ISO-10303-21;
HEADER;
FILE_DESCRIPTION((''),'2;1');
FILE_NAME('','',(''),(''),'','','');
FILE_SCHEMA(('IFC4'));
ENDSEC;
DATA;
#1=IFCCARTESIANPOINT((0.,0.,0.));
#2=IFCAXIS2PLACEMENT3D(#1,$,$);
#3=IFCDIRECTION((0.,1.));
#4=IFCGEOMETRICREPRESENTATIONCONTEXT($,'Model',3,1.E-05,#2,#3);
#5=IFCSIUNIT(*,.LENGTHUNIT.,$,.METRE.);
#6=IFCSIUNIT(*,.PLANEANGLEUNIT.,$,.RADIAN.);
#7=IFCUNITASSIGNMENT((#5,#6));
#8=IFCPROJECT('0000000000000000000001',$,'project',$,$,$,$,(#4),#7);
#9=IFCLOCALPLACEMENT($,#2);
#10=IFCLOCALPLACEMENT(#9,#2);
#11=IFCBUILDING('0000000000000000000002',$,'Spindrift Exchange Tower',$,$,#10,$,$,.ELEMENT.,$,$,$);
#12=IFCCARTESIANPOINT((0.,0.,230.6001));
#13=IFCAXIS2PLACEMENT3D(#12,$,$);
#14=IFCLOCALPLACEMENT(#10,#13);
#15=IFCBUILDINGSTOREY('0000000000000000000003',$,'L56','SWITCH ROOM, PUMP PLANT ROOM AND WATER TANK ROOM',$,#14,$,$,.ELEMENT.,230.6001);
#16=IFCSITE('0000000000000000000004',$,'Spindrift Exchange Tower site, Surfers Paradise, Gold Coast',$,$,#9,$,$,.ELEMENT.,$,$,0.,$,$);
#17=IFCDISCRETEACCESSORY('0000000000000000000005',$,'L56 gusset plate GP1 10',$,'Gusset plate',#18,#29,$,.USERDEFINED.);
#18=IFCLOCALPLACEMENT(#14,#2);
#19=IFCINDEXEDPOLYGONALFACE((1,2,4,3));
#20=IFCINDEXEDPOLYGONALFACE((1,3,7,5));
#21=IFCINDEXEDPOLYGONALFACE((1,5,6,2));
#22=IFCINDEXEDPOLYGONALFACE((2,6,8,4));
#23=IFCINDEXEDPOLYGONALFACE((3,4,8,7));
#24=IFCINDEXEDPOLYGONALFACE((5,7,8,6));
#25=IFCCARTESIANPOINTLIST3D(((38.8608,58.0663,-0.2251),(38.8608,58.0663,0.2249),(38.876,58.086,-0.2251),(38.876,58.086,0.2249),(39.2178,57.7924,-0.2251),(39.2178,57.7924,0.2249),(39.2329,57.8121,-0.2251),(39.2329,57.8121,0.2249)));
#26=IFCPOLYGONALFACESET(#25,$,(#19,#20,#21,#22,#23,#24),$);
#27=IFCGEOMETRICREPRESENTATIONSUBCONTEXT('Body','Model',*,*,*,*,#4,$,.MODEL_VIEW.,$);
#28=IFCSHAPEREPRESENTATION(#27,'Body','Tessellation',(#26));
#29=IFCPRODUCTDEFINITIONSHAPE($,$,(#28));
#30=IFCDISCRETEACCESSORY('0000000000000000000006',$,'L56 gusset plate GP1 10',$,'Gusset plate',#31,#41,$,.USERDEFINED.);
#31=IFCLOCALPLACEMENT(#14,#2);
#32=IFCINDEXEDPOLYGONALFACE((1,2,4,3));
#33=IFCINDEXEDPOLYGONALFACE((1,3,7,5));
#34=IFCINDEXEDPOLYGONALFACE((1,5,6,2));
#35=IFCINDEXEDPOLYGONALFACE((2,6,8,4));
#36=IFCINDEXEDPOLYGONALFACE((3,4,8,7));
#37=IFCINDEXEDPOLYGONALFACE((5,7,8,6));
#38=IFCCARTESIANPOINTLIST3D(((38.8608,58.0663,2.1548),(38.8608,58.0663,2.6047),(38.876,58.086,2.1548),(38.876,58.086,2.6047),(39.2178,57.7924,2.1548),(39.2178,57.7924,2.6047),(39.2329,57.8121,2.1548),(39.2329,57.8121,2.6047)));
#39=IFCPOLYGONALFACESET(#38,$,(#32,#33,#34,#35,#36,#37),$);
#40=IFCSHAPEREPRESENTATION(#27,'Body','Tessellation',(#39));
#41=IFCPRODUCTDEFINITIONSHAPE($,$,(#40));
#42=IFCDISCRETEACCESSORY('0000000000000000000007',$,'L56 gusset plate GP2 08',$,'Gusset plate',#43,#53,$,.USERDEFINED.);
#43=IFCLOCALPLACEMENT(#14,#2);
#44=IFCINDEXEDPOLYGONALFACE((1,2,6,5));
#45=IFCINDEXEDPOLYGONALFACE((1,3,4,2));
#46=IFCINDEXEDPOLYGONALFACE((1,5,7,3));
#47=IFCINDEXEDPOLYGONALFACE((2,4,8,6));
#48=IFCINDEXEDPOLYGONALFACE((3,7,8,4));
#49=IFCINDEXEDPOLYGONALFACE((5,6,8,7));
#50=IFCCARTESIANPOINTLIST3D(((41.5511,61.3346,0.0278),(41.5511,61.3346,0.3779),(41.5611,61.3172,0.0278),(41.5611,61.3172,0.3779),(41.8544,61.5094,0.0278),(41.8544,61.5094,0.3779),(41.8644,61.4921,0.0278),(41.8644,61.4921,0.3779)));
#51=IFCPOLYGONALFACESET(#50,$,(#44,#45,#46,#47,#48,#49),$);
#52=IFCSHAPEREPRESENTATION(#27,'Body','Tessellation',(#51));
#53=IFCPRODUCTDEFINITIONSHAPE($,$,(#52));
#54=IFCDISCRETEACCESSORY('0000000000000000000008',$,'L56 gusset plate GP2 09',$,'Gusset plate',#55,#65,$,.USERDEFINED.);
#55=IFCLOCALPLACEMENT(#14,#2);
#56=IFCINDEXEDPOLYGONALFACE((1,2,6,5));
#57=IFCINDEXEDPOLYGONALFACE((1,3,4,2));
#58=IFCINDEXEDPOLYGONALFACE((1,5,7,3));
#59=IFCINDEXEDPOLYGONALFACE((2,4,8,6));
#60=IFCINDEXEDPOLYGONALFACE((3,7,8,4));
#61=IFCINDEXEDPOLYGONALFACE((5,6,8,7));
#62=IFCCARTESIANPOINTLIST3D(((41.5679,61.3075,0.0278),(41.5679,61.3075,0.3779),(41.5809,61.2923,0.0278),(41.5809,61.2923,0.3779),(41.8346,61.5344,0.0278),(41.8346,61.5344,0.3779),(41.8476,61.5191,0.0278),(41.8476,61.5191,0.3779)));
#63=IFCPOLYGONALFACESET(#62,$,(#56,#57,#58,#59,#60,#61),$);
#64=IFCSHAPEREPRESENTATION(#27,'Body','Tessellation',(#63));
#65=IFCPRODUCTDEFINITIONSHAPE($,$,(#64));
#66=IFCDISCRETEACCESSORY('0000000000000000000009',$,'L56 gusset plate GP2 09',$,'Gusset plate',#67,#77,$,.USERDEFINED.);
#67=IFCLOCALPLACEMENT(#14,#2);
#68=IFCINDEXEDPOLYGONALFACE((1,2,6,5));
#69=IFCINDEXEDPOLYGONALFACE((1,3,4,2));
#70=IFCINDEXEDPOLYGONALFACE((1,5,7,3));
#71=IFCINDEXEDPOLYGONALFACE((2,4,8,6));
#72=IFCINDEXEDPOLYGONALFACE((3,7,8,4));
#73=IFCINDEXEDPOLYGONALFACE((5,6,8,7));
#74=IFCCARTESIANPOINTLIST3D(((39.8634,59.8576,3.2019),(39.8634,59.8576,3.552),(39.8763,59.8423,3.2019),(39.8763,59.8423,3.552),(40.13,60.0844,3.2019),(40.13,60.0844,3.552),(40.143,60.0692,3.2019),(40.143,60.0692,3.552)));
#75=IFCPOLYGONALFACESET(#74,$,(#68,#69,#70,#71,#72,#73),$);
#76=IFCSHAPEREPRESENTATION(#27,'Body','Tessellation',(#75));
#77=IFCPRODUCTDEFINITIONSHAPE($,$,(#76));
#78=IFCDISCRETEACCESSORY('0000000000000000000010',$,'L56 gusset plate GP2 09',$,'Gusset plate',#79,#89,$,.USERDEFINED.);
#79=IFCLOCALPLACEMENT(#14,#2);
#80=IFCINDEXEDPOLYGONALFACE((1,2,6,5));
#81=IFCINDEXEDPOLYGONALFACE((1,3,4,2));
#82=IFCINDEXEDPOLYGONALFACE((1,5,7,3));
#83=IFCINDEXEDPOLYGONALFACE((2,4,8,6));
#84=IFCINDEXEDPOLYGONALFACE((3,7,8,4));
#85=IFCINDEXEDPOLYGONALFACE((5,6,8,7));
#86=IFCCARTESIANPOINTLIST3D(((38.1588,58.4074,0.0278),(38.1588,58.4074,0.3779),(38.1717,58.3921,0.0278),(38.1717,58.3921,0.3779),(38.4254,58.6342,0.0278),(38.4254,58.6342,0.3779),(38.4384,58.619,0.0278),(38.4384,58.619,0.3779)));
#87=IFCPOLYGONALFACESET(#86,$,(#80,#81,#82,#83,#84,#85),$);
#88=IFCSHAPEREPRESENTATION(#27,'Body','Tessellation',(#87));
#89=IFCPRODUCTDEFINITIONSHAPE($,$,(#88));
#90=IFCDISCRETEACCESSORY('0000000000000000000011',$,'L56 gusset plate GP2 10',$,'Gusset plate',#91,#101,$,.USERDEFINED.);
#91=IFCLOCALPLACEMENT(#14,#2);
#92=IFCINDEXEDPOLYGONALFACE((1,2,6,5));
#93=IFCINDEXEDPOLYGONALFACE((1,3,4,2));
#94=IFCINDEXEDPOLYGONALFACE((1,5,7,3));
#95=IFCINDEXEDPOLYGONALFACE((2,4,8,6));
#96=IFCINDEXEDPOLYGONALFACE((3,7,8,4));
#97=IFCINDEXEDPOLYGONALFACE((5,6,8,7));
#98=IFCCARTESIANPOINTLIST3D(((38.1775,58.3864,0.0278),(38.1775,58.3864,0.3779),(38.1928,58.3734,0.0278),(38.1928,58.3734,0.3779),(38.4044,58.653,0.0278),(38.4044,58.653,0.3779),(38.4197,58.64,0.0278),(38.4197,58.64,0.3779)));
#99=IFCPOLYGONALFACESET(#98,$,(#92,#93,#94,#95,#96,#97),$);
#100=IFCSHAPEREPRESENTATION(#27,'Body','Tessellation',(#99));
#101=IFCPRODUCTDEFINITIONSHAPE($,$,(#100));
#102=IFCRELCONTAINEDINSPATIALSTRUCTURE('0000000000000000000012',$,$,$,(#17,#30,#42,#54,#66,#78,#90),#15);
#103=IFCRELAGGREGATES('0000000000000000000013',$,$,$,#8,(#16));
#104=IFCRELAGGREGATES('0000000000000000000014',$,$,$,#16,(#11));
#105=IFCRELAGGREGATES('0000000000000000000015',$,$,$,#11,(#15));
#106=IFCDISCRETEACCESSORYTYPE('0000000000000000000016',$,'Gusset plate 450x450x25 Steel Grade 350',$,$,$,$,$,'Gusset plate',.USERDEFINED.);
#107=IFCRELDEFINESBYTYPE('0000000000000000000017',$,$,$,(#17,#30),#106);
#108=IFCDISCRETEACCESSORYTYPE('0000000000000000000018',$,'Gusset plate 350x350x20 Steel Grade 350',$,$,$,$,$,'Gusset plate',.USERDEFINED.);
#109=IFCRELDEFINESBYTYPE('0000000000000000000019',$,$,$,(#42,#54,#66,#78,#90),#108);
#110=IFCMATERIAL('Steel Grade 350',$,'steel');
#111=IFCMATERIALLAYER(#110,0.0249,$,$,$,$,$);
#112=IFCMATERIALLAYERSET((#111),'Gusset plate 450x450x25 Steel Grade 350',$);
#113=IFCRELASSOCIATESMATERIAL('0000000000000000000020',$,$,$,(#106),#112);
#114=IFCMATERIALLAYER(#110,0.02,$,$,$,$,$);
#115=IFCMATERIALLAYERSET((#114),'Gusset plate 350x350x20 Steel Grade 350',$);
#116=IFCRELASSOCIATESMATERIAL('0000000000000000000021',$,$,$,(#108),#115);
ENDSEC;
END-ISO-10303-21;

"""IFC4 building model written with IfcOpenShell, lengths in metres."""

from ifc_helpers import new_model, si_unit, direction, frame, origin, origin_2d, place, context, subcontext, project, spatial, rectangle, extrude, source, transform, mapped, material, layer, layer_set, type_object, element, save


model = new_model("IFC4")

# Units and contexts
model_context = context("Model", 3, precision=1e-05, world=origin(), true_north=direction((0.0, 1.0)))
body_context = subcontext(model_context, "Body", "Model", "MODEL_VIEW")
ifc_project = project(units=[si_unit("LENGTHUNIT", "METRE"), si_unit("PLANEANGLEUNIT", "RADIAN")], contexts=[model_context])

# Site, building, storey
site_placement = place(None, origin())
site = spatial("IfcSite", under=ifc_project, at=site_placement, Name="Spindrift Exchange Tower site, Surfers Paradise, Gold Coast", CompositionType="ELEMENT", RefElevation=0.0)
building_placement = place(site_placement, origin())
building = spatial("IfcBuilding", under=site, at=building_placement, Name="Spindrift Exchange Tower", CompositionType="ELEMENT")
storey_placement = place(building_placement, frame((0.0, 0.0, 230.6001)))
storey = spatial("IfcBuildingStorey", under=building, at=storey_placement, Name="L56", Description="SWITCH ROOM, PUMP PLANT ROOM AND WATER TANK ROOM", CompositionType="ELEMENT", Elevation=230.6001)

# Shared definitions
ifc_material_1 = material(Name="Steel Grade 350", Category="steel")

# Discrete accessories
ifc_layer_1 = layer(ifc_material_1, 0.0249)
ifc_layer_set_1 = layer_set([ifc_layer_1], Name="Gusset plate 450x450x25 Steel Grade 350")
discrete_accessory_type_1 = type_object("IfcDiscreteAccessoryType", Name="Gusset plate 450x450x25 Steel Grade 350", ElementType="Gusset plate", PredefinedType="USERDEFINED", material=ifc_layer_set_1)
shared_shape_1 = source(origin(), body_context, "Body", "SweptSolid", [
    extrude(rectangle(XDim=0.45, YDim=0.0249, at=origin_2d()), origin(), (0.0, 0.0, 1.0), 0.45),
])
for number, where, z_axis, x_axis, name in (
    (1, (39.0469, 57.9392, -0.2251), (0.0, 0.0, 1.0), (-0.793353, 0.608761, 0.0), "L56 gusset plate GP1 10"),
    (2, (39.0469, 57.9392, 2.1548), (0.0, 0.0, 1.0), (-0.793353, 0.608761, 0.0), "L56 gusset plate GP1 10"),
):
    element("IfcDiscreteAccessory", number, at=place(storey_placement, frame(where, z_axis=z_axis, x_axis=x_axis)), inside=storey, type_object=discrete_accessory_type_1, Name=name, ObjectType="Gusset plate", PredefinedType="USERDEFINED", context=body_context, shape_type="MappedRepresentation", body=[
        mapped(shared_shape_1, transform((0.0, 0.0, 0.0), scale=1.0)),
    ])
ifc_layer_2 = layer(ifc_material_1, 0.02)
ifc_layer_set_2 = layer_set([ifc_layer_2], Name="Gusset plate 350x350x20 Steel Grade 350")
discrete_accessory_type_2 = type_object("IfcDiscreteAccessoryType", Name="Gusset plate 350x350x20 Steel Grade 350", ElementType="Gusset plate", PredefinedType="USERDEFINED", material=ifc_layer_set_2)
shared_shape_2 = source(origin(), body_context, "Body", "SweptSolid", [
    extrude(rectangle(XDim=0.3501, YDim=0.02, at=origin_2d()), origin(), (0.0, 0.0, 1.0), 0.3501),
])
for number, where, z_axis, x_axis, name in (
    (3, (41.7078, 61.4133, 0.0278), (0.0, 0.0, 1.0), (-0.866363, -0.499415, 0.0), "L56 gusset plate GP2 08"),
    (4, (41.7078, 61.4133, 0.0278), (0.0, 0.0, 1.0), (-0.76168, -0.647954, 0.0), "L56 gusset plate GP2 09"),
    (5, (40.0032, 59.9634, 3.2019), (0.0, 0.0, 1.0), (-0.76168, -0.647954, 0.0), "L56 gusset plate GP2 09"),
    (6, (38.2986, 58.5132, 0.0278), (0.0, 0.0, 1.0), (-0.76168, -0.647954, 0.0), "L56 gusset plate GP2 09"),
    (7, (38.2986, 58.5132, 0.0278), (0.0, 0.0, 1.0), (-0.648067, -0.761584, 0.0), "L56 gusset plate GP2 10"),
):
    element("IfcDiscreteAccessory", number, at=place(storey_placement, frame(where, z_axis=z_axis, x_axis=x_axis)), inside=storey, type_object=discrete_accessory_type_2, Name=name, ObjectType="Gusset plate", PredefinedType="USERDEFINED", context=body_context, shape_type="MappedRepresentation", body=[
        mapped(shared_shape_2, transform((0.0, 0.0, 0.0), scale=1.0)),
    ])

save(model, "model.ifc")
